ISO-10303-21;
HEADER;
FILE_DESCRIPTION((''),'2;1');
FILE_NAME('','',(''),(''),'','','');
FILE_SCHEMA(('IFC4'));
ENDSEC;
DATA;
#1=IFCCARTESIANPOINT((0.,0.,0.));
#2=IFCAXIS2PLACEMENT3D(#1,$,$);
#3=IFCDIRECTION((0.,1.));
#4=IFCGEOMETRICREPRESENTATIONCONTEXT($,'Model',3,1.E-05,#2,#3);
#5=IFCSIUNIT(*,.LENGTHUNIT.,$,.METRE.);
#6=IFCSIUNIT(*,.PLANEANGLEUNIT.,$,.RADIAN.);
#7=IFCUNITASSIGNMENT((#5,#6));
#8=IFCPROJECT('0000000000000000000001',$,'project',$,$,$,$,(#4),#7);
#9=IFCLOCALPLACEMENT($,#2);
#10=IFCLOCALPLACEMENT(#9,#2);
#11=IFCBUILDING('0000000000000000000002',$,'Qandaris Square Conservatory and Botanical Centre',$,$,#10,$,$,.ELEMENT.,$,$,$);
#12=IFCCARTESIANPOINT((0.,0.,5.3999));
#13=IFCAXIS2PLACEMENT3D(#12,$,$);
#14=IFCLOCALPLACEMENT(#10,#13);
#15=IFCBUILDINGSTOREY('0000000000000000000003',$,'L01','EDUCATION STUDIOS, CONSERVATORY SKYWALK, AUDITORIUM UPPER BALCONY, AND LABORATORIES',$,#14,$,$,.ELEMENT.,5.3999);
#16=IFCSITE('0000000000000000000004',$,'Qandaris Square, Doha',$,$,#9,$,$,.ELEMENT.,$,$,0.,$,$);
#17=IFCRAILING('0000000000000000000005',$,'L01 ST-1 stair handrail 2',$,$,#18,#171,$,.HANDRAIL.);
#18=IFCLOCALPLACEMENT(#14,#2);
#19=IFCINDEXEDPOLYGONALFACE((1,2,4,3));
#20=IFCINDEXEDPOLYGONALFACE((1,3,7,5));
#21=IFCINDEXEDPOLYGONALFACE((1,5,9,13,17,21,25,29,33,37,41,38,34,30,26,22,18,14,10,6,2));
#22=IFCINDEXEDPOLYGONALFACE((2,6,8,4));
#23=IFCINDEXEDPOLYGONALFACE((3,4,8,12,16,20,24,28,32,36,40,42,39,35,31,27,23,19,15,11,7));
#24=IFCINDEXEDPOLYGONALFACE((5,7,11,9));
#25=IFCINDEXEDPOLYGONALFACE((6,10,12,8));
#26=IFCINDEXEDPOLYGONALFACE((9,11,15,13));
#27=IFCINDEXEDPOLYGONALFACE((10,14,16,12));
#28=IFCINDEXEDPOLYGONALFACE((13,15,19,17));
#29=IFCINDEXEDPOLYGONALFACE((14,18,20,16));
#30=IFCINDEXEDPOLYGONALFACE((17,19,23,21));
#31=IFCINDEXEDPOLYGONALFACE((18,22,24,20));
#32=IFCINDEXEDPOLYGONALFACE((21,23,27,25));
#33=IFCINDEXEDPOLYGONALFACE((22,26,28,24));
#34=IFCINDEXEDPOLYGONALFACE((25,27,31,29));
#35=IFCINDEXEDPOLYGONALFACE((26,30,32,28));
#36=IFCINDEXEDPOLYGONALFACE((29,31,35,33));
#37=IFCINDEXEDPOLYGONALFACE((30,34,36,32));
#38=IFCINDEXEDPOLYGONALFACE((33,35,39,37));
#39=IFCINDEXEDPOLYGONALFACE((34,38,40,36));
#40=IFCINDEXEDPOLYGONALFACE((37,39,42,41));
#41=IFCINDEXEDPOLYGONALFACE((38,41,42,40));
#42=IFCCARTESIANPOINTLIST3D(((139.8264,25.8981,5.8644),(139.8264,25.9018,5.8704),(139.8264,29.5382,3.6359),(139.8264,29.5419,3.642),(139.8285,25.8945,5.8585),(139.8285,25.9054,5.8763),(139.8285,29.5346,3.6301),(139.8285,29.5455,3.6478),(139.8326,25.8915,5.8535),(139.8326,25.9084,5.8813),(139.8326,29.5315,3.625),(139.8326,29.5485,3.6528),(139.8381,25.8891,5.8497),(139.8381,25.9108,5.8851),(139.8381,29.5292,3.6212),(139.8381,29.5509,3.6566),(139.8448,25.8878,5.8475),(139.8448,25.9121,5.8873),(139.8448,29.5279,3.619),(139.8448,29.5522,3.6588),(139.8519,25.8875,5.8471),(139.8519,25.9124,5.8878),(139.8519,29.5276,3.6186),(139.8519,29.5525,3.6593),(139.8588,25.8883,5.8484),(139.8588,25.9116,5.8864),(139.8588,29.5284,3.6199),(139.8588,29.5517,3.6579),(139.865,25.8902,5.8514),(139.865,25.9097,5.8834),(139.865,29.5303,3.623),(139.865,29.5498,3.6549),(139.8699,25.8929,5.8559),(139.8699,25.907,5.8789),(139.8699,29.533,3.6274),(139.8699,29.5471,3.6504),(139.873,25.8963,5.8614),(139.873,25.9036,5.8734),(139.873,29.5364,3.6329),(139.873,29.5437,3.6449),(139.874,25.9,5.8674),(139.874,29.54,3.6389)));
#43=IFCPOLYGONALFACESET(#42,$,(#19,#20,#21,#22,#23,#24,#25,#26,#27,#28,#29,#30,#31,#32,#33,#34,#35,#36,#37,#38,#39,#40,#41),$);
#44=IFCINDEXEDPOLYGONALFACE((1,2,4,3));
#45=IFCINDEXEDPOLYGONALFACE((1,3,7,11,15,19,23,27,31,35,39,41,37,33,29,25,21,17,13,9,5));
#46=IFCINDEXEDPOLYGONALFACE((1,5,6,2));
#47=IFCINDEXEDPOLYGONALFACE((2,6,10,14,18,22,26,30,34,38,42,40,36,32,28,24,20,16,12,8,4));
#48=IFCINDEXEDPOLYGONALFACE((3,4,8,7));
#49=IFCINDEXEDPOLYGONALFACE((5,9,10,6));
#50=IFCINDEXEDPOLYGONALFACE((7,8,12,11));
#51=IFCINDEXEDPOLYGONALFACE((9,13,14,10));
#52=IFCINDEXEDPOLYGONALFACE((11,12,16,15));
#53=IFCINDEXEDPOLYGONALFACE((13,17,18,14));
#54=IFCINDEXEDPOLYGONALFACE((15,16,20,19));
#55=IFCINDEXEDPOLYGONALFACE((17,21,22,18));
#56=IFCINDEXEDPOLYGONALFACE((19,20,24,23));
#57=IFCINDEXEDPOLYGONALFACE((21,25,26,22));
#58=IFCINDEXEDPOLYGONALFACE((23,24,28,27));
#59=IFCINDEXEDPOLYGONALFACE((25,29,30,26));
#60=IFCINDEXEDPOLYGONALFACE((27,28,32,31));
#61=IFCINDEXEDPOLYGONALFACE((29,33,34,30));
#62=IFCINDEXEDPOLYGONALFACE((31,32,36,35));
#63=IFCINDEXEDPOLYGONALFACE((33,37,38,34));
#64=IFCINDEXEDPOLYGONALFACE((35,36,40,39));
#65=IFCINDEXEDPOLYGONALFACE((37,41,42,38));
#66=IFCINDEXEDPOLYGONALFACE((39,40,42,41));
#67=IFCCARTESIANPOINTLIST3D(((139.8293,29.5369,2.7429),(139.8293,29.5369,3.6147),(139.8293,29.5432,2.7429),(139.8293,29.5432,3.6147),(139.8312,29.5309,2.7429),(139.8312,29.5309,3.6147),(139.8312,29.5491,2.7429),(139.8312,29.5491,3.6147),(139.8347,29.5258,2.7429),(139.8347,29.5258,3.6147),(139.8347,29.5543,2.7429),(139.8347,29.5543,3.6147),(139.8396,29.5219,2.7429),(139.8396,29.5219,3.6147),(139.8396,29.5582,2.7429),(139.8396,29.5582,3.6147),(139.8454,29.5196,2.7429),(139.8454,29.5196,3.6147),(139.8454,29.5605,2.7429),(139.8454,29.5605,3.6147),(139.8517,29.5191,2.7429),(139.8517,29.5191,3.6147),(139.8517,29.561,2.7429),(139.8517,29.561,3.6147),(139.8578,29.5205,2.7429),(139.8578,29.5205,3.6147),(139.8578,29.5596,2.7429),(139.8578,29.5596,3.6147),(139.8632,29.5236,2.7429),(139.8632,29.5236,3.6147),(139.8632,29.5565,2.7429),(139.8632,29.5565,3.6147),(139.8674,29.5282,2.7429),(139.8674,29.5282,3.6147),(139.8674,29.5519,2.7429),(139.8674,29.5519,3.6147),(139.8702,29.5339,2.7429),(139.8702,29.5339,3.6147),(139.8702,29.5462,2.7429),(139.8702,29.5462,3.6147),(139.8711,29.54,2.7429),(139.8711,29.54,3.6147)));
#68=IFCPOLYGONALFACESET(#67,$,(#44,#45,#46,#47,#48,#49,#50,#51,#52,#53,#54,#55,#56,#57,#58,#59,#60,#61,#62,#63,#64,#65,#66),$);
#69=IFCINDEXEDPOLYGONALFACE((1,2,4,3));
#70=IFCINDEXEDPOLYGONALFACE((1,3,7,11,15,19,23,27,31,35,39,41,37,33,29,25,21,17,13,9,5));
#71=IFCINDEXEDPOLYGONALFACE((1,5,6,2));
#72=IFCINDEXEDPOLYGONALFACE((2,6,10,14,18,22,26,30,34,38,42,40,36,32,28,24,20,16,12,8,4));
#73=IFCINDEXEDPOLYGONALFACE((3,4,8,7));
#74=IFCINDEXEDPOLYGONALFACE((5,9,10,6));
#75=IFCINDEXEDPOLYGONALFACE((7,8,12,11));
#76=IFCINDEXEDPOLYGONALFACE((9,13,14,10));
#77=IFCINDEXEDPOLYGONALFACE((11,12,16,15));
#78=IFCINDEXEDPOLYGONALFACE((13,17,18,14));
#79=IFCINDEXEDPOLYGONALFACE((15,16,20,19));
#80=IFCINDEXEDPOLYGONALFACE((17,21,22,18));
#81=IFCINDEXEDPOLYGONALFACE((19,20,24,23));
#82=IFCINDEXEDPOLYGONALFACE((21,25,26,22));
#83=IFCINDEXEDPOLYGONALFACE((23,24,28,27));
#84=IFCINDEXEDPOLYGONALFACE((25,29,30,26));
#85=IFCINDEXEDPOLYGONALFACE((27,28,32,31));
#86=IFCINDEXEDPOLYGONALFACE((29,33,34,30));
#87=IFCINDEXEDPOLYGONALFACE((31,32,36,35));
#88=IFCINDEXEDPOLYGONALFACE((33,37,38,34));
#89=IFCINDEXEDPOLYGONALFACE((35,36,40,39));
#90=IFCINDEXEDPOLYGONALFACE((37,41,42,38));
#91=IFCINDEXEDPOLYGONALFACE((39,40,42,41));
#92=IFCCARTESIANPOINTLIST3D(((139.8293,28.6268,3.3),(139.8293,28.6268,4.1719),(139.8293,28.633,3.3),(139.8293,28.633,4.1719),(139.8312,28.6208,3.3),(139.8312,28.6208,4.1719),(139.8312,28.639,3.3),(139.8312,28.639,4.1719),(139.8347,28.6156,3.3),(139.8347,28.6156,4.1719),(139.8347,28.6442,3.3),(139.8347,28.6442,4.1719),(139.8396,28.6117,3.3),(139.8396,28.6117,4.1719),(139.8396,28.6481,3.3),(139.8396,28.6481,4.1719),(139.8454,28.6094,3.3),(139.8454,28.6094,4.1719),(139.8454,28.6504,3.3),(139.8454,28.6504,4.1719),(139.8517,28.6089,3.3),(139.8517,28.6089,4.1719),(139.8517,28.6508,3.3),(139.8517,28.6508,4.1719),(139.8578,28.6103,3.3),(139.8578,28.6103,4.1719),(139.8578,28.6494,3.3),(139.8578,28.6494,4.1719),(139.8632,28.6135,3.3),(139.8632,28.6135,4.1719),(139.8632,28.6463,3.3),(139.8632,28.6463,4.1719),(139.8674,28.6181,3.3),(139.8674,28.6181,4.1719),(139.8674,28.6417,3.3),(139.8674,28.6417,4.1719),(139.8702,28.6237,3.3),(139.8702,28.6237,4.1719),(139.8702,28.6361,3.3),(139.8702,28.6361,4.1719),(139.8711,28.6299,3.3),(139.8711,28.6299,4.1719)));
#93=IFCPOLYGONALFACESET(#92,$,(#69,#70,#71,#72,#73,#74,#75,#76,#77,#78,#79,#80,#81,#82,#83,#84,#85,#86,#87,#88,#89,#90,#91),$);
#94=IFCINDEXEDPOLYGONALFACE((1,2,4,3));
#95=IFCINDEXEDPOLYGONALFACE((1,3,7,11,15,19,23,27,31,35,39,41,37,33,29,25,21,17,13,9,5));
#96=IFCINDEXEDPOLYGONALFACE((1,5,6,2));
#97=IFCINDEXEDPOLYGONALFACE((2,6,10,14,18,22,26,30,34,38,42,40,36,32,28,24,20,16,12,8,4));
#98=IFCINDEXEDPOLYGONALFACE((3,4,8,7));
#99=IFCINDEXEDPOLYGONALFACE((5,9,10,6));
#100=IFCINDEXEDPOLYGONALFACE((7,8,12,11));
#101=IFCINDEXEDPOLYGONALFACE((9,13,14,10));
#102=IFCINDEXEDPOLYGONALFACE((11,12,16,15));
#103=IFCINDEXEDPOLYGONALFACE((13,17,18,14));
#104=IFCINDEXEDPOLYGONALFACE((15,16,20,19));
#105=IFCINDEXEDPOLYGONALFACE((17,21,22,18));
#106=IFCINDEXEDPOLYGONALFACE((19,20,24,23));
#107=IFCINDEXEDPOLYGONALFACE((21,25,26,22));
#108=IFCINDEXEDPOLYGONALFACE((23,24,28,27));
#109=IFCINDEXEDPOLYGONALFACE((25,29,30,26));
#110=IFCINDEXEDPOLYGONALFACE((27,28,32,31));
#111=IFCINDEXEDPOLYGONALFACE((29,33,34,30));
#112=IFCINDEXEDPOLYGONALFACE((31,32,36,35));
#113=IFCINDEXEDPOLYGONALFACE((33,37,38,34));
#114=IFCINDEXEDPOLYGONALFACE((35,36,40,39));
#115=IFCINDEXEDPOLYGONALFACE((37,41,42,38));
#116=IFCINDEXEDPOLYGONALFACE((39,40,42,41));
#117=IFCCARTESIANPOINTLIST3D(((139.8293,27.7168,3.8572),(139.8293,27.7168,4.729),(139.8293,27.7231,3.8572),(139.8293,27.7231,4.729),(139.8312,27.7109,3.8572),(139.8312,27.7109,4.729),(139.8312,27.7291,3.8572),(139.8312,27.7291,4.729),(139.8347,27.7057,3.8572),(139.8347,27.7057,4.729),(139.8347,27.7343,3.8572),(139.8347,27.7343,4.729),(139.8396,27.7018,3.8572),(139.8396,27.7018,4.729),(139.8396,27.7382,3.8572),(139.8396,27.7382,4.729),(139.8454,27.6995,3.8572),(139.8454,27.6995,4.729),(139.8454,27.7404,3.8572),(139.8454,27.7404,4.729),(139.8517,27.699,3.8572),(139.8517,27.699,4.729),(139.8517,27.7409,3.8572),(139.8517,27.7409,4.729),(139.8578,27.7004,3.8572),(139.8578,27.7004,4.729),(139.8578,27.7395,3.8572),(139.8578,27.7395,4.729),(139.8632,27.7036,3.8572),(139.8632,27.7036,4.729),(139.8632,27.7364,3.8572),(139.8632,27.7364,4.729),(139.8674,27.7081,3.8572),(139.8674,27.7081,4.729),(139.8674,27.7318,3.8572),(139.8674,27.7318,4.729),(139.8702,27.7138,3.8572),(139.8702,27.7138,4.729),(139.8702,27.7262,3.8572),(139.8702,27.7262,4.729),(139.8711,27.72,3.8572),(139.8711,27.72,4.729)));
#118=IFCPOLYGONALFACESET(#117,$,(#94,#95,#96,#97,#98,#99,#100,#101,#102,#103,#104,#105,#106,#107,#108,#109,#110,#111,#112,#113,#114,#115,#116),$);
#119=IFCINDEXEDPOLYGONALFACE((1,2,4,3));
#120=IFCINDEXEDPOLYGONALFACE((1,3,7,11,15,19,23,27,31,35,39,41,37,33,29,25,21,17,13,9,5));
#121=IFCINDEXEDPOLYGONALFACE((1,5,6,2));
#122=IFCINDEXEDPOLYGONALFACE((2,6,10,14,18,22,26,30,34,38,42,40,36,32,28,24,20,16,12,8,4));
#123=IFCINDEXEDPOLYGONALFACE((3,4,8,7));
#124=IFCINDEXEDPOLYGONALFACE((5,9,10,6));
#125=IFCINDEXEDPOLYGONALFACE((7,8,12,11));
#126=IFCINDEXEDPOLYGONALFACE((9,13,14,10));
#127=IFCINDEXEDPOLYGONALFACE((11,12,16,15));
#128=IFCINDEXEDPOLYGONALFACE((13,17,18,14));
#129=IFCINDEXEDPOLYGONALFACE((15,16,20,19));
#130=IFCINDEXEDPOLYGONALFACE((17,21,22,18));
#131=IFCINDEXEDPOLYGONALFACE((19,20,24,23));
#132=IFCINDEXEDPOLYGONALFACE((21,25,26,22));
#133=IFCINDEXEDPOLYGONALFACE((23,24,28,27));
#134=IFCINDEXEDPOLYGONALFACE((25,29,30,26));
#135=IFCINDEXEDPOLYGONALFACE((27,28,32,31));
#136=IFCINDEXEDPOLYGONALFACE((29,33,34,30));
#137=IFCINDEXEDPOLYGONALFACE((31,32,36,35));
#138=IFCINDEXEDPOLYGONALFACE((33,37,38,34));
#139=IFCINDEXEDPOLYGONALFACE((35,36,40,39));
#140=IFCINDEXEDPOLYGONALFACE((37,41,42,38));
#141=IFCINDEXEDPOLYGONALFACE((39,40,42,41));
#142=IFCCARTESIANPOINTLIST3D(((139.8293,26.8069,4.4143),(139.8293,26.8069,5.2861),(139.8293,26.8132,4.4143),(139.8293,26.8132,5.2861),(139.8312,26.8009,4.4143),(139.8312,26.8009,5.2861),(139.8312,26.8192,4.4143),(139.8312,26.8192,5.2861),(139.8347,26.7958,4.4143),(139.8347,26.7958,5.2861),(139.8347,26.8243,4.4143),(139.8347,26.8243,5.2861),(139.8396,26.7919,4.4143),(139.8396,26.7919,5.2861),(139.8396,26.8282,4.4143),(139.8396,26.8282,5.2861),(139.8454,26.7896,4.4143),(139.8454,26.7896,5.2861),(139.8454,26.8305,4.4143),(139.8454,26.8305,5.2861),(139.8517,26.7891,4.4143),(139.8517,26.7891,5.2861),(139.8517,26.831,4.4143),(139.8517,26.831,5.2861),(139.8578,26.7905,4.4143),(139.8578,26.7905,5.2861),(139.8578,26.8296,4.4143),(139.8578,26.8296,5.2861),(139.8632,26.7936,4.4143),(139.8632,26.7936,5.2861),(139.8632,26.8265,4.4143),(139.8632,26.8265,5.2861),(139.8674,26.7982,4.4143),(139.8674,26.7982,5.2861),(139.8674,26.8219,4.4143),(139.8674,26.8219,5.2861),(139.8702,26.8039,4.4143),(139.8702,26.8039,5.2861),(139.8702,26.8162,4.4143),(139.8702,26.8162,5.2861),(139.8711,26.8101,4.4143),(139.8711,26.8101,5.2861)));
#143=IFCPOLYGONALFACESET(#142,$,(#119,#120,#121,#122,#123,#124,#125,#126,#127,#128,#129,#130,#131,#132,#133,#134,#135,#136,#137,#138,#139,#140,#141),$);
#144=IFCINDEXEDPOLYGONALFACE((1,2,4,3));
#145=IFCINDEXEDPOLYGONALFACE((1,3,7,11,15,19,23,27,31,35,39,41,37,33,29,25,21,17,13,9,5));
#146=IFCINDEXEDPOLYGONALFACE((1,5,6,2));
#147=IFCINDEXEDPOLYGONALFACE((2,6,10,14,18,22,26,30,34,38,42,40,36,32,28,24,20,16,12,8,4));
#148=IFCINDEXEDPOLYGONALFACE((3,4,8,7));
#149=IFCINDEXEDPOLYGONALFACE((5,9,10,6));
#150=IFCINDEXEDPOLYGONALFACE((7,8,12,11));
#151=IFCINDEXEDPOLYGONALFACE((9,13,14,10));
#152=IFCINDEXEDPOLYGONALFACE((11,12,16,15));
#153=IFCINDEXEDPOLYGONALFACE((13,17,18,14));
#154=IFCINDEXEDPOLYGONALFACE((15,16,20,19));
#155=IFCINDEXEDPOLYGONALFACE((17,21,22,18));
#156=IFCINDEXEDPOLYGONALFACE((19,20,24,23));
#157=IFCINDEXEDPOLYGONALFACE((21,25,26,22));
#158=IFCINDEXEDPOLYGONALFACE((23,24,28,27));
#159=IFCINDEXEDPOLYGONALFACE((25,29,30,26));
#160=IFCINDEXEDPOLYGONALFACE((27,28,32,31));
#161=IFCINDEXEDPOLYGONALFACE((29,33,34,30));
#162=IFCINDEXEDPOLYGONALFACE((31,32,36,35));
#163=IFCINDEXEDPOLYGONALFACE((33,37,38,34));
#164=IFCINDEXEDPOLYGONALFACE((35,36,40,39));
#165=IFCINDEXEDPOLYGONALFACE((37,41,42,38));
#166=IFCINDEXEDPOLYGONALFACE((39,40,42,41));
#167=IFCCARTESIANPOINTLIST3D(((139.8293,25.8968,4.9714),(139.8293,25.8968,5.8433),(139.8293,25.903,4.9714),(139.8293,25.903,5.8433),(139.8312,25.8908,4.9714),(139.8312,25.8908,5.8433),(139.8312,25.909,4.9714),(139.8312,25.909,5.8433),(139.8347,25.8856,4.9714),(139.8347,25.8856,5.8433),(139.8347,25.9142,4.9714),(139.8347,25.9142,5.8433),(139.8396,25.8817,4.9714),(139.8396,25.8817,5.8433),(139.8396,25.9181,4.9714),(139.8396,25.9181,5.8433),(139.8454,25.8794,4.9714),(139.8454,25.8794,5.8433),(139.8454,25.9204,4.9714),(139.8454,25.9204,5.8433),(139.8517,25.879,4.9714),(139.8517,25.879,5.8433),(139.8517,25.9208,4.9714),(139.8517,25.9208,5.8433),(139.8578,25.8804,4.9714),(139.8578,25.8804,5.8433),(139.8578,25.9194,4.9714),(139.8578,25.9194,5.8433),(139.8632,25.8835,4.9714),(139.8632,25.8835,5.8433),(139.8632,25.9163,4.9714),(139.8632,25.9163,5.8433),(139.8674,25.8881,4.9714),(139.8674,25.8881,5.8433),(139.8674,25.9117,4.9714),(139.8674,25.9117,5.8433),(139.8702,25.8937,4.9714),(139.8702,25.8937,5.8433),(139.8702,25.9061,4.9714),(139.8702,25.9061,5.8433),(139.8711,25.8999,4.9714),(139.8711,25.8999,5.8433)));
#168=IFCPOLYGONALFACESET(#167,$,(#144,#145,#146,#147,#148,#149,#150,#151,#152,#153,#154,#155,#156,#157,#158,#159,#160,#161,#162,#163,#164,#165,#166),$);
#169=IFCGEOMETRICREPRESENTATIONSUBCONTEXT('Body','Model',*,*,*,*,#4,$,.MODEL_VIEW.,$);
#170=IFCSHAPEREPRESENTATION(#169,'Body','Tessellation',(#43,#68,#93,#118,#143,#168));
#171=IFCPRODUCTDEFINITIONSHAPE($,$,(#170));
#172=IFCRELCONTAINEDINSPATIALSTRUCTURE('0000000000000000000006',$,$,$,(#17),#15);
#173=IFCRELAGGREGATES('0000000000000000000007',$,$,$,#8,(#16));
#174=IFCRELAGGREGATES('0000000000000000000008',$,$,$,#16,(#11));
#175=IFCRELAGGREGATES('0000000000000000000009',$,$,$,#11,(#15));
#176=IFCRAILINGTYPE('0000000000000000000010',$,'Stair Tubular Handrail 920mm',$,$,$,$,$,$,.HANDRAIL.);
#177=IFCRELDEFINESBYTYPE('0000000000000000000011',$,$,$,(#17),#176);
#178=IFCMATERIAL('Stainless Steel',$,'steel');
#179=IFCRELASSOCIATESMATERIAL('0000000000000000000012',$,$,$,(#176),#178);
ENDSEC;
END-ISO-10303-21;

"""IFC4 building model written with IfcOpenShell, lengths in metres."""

from ifc_helpers import new_model, si_unit, direction, frame, origin, origin_2d, place, context, subcontext, project, spatial, circle, extrude, material, type_object, element, save


model = new_model("IFC4")

# Units and contexts
model_context = context("Model", 3, precision=1e-05, world=origin(), true_north=direction((0.0, 1.0)))
body_context = subcontext(model_context, "Body", "Model", "MODEL_VIEW")
ifc_project = project(units=[si_unit("LENGTHUNIT", "METRE"), si_unit("PLANEANGLEUNIT", "RADIAN")], contexts=[model_context])

# Site, building, storey
site_placement = place(None, origin())
site = spatial("IfcSite", under=ifc_project, at=site_placement, Name="Qandaris Square, Doha", CompositionType="ELEMENT", RefElevation=0.0)
building_placement = place(site_placement, origin())
building = spatial("IfcBuilding", under=site, at=building_placement, Name="Qandaris Square Conservatory and Botanical Centre", CompositionType="ELEMENT")
storey_placement = place(building_placement, frame((0.0, 0.0, 5.3999)))
storey = spatial("IfcBuildingStorey", under=building, at=storey_placement, Name="L01", Description="EDUCATION STUDIOS, CONSERVATORY SKYWALK, AUDITORIUM UPPER BALCONY, AND LABORATORIES", CompositionType="ELEMENT", Elevation=5.3999)

# Railing
ifc_material_1 = material(Name="Stainless Steel", Category="steel")
railing_type_1 = type_object("IfcRailingType", Name="Stair Tubular Handrail 920mm", PredefinedType="HANDRAIL", material=ifc_material_1)
railing_1_placement = place(storey_placement, frame((139.8501, 29.54, 2.7429)))
element("IfcRailing", 1, at=railing_1_placement, inside=storey, type_object=railing_type_1, Name="L01 ST-1 stair handrail 2", PredefinedType="HANDRAIL", context=body_context, shape_type="SweptSolid", body=[
    extrude(circle(Radius=0.0239, at=origin_2d()), frame((0.0, 0.0, 0.896), z_axis=(0.0, -0.852866, 0.52213), x_axis=(1.0, 0.0, 0.0)), (0.0, 0.0, 1.0), 4.2681),
    extrude(circle(Radius=0.021, at=origin_2d()), origin(), (0.0, 0.0, 1.0), 0.8718),
    extrude(circle(Radius=0.021, at=origin_2d()), frame((0.0, -0.9102, 0.5571)), (0.0, 0.0, 1.0), 0.8718),
    extrude(circle(Radius=0.021, at=origin_2d()), frame((0.0, -1.8201, 1.1143)), (0.0, 0.0, 1.0), 0.8718),
    extrude(circle(Radius=0.021, at=origin_2d()), frame((0.0, -2.73, 1.6714)), (0.0, 0.0, 1.0), 0.8718),
    extrude(circle(Radius=0.021, at=origin_2d()), frame((0.0, -3.6401, 2.2285)), (0.0, 0.0, 1.0), 0.8718),
])

save(model, "model.ifc")
